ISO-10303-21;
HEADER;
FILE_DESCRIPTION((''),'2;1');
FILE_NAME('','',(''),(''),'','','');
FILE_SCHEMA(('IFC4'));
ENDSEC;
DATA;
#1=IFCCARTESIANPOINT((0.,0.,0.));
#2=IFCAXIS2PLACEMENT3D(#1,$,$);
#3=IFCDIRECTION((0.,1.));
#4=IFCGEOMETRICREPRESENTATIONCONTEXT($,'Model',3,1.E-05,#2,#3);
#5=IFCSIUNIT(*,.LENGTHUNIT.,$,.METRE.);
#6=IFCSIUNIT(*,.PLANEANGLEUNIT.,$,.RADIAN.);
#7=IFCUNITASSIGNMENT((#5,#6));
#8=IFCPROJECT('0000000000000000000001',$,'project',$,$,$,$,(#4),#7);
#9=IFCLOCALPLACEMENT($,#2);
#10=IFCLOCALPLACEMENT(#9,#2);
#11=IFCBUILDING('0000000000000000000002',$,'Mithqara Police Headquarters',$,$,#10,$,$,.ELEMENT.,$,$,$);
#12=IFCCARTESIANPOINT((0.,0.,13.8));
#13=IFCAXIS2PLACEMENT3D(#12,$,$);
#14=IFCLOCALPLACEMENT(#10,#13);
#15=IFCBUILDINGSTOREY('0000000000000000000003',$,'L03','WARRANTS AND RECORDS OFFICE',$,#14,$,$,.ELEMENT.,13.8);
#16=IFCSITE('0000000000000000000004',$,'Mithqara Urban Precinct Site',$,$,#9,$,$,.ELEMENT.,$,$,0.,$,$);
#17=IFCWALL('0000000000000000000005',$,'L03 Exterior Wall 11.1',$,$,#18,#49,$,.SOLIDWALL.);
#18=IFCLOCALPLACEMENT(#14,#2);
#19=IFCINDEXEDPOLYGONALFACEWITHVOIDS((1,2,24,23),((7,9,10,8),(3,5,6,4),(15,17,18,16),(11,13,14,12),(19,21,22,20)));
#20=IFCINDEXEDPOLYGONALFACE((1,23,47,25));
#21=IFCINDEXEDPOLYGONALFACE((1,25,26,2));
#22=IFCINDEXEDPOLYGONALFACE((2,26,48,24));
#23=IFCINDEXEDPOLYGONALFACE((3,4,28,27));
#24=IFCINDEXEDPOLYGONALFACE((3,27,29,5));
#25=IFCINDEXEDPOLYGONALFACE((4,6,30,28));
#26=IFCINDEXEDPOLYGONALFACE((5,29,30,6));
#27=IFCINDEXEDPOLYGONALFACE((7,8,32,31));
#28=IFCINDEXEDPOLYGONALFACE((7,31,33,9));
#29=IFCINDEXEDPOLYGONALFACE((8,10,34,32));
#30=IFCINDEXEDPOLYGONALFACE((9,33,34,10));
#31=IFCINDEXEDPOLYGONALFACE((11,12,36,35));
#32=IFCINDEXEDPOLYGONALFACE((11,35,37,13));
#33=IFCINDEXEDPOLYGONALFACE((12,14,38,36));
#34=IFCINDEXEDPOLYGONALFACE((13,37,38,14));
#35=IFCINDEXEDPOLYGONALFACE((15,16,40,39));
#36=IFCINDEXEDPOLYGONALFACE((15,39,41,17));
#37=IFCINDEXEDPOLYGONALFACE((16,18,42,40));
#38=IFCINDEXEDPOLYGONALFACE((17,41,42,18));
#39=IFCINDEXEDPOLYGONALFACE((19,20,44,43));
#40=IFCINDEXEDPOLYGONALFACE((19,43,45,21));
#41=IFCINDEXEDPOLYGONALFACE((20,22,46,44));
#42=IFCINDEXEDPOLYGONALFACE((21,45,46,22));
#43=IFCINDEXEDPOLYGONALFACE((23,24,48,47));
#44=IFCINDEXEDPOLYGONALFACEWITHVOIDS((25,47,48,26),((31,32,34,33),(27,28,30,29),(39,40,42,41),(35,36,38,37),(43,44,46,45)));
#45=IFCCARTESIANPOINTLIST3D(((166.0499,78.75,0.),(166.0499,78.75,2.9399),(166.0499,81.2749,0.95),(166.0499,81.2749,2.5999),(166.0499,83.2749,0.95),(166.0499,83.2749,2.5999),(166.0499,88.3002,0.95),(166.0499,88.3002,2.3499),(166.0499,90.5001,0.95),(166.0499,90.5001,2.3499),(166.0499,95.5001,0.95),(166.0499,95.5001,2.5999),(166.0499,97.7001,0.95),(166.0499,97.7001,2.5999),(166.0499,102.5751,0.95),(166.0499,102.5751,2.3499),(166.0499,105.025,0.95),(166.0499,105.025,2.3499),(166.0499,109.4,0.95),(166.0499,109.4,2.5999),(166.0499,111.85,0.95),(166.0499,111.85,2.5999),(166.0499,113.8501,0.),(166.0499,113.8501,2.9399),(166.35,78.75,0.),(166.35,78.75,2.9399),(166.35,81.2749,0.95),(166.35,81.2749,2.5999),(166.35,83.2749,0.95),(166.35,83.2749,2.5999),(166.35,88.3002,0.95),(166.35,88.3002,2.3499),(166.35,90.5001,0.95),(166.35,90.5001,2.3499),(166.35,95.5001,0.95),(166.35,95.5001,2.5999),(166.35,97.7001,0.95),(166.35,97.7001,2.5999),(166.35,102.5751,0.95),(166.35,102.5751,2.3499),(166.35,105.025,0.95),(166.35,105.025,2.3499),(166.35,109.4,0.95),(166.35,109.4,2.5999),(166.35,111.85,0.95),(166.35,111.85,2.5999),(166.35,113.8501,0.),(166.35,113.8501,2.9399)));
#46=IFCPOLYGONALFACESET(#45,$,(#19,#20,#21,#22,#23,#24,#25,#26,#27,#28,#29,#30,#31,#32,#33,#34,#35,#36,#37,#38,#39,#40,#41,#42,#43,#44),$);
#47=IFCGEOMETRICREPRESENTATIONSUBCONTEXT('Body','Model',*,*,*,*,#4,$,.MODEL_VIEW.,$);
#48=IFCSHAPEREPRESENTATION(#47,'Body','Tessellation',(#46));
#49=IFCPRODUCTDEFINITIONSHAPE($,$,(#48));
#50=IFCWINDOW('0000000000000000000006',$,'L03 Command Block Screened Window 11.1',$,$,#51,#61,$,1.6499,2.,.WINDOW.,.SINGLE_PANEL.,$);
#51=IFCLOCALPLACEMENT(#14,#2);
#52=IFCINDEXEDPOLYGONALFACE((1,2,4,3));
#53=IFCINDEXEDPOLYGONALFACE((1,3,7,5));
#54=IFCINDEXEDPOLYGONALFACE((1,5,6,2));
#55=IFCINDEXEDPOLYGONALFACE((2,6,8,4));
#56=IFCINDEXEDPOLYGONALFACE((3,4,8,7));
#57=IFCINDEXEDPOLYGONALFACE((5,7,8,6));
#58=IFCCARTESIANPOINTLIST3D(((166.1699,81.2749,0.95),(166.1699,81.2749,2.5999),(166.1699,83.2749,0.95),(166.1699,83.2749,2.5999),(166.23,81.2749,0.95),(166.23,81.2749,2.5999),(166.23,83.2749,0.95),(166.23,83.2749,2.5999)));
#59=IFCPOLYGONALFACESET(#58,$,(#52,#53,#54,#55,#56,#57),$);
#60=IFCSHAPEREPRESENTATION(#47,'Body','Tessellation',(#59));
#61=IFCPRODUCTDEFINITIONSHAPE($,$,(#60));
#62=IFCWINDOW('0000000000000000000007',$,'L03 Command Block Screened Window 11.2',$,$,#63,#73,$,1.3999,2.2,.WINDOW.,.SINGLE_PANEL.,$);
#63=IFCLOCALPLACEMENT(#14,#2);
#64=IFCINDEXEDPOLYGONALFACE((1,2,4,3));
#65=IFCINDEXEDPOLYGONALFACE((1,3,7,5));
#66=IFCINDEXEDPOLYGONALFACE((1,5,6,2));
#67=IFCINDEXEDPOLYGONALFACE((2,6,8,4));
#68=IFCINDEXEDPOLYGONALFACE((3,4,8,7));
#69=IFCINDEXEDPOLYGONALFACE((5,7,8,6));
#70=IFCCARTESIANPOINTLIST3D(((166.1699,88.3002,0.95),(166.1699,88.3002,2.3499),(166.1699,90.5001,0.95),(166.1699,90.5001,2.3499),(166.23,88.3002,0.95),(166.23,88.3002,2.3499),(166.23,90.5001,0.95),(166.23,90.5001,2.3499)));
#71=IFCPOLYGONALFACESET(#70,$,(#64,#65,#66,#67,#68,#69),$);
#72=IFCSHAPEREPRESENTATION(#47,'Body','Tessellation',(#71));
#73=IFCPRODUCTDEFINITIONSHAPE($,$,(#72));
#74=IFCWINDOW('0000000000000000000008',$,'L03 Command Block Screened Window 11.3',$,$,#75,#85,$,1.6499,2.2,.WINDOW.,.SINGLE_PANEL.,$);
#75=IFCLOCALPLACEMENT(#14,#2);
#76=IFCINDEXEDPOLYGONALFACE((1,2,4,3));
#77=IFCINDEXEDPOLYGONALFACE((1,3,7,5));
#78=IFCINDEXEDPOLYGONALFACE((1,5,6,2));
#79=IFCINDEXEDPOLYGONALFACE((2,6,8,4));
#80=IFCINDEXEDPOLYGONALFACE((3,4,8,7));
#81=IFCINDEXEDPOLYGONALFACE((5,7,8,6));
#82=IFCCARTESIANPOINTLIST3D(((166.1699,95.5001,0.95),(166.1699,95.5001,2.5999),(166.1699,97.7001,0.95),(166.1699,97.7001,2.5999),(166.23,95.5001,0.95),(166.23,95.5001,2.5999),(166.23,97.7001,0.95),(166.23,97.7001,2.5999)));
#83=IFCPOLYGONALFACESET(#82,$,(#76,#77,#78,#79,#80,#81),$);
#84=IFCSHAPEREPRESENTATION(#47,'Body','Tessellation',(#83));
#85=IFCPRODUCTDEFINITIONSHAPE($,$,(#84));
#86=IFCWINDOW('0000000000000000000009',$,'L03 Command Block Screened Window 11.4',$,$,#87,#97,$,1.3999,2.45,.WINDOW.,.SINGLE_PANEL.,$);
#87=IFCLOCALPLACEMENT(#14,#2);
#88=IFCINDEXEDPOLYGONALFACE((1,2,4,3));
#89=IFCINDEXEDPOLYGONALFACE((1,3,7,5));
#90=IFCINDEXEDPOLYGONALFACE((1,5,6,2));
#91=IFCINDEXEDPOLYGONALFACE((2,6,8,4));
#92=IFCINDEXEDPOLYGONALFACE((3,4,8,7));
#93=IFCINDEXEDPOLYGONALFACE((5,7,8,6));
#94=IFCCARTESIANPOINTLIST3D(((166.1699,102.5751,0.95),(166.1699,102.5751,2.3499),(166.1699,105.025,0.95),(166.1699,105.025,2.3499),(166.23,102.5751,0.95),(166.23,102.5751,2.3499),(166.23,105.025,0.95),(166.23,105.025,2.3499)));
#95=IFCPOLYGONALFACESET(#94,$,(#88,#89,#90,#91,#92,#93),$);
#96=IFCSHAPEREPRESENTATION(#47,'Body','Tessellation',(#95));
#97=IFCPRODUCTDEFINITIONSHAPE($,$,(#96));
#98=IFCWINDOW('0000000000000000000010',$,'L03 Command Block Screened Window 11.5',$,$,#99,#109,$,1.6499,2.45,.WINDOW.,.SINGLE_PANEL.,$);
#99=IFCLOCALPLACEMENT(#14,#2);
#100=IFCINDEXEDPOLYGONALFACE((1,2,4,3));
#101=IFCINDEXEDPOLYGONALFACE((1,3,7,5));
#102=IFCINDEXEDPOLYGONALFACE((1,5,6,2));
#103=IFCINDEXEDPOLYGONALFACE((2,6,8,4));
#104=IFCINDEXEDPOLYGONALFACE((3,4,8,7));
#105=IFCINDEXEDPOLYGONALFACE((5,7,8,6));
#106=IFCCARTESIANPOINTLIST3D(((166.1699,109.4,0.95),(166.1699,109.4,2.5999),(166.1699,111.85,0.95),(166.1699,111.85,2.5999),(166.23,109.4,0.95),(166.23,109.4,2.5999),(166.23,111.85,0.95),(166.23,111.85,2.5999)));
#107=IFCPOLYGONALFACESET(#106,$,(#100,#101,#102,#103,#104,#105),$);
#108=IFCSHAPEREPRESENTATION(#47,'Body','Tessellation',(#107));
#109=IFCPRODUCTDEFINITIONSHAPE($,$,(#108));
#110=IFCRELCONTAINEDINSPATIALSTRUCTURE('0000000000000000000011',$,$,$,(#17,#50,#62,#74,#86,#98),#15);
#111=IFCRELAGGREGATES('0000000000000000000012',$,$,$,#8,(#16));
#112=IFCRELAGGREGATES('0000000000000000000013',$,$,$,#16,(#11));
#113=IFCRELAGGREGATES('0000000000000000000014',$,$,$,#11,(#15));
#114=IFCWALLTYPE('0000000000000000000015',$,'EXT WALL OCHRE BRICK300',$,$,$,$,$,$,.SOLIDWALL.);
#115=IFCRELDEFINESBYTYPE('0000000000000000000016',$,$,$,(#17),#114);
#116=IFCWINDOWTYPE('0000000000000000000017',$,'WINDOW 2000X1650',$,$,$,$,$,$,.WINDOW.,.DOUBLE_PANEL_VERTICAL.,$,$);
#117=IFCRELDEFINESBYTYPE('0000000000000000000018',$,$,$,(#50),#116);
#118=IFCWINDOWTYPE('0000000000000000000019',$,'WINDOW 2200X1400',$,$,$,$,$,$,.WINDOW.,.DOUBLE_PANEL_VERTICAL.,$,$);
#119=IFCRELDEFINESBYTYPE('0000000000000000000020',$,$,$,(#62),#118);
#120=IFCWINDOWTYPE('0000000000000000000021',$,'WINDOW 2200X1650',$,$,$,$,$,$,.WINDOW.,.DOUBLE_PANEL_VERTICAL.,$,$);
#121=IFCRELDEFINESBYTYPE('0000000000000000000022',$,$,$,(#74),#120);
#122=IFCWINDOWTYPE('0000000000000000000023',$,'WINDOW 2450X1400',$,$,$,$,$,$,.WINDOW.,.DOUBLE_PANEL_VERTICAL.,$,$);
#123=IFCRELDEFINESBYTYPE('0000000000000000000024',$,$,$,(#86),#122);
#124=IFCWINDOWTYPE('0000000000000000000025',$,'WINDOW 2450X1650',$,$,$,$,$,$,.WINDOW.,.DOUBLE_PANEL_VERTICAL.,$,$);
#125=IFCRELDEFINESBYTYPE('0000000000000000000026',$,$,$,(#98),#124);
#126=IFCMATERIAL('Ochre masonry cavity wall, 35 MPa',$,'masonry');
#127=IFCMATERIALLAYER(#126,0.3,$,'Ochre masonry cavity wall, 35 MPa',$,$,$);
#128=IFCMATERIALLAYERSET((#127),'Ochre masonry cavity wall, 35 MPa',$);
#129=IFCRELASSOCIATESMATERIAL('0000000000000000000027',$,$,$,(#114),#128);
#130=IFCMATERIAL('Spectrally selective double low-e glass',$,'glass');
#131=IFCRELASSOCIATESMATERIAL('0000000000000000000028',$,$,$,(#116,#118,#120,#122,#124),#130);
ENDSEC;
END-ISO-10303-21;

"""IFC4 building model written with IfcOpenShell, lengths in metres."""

from ifc_helpers import new_model, si_unit, direction, frame, frame_2d, origin, place, context, subcontext, project, spatial, rectangle, extrude, material, layer, layer_set, type_object, element, fill, save


model = new_model("IFC4")

# Units and contexts
model_context = context("Model", 3, precision=1e-05, world=origin(), true_north=direction((0.0, 1.0)))
body_context = subcontext(model_context, "Body", "Model", "MODEL_VIEW")
ifc_project = project(units=[si_unit("LENGTHUNIT", "METRE"), si_unit("PLANEANGLEUNIT", "RADIAN")], contexts=[model_context])

# Site, building, storey
site_placement = place(None, origin())
site = spatial("IfcSite", under=ifc_project, at=site_placement, Name="Mithqara Urban Precinct Site", CompositionType="ELEMENT", RefElevation=0.0)
building_placement = place(site_placement, origin())
building = spatial("IfcBuilding", under=site, at=building_placement, Name="Mithqara Police Headquarters", CompositionType="ELEMENT")
storey_placement = place(building_placement, frame((0.0, 0.0, 13.8)))
storey = spatial("IfcBuildingStorey", under=building, at=storey_placement, Name="L03", Description="WARRANTS AND RECORDS OFFICE", CompositionType="ELEMENT", Elevation=13.8)

# Shared definitions
ifc_material_1 = material(Name="Spectrally selective double low-e glass", Category="glass")

# Wall, openings, windows
ifc_material_2 = material(Name="Ochre masonry cavity wall, 35 MPa", Category="masonry")
ifc_layer_1 = layer(ifc_material_2, 0.3, Name="Ochre masonry cavity wall, 35 MPa")
ifc_layer_set_1 = layer_set([ifc_layer_1], Name="Ochre masonry cavity wall, 35 MPa")
wall_type = type_object("IfcWallType", Name="EXT WALL OCHRE BRICK300", PredefinedType="SOLIDWALL", material=ifc_layer_set_1)
wall_placement = place(storey_placement, frame((166.2, 78.75, 0.0), z_axis=(0.0, 0.0, 1.0), x_axis=(0.0, 1.0, 0.0)))
wall = element("IfcWall", 1, at=wall_placement, inside=storey, type_object=wall_type, Name="L03 Exterior Wall 11.1", PredefinedType="SOLIDWALL", context=body_context, shape_type="SweptSolid", body=[
    extrude(rectangle(XDim=35.1001, YDim=0.3, at=frame_2d((17.55, 0.0))), origin(), (0.0, 0.0, 1.0), 2.9399),
])
opening_1_placement = place(wall_placement, frame((2.5249, 0.0, 0.95)))
opening_1 = element("IfcOpeningElement", 2, at=opening_1_placement, cuts=wall, PredefinedType="OPENING", context=body_context, shape_type="SweptSolid", body=[
    extrude(rectangle(XDim=2.0, YDim=1.6499, at=frame_2d((1.0, 0.825))), frame((0.0, 0.1602, 0.0), z_axis=(0.0, -1.0, 0.0), x_axis=(1.0, 0.0, 0.0)), (0.0, 0.0, 1.0), 0.3201),
])
opening_2_placement = place(wall_placement, frame((9.55, 0.0, 0.95)))
opening_2 = element("IfcOpeningElement", 3, at=opening_2_placement, cuts=wall, PredefinedType="OPENING", context=body_context, shape_type="SweptSolid", body=[
    extrude(rectangle(XDim=2.2, YDim=1.3999, at=frame_2d((1.1001, 0.7))), frame((0.0, 0.1602, 0.0), z_axis=(0.0, -1.0, 0.0), x_axis=(1.0, 0.0, 0.0)), (0.0, 0.0, 1.0), 0.3201),
])
opening_3_placement = place(wall_placement, frame((16.75, 0.0, 0.95)))
opening_3 = element("IfcOpeningElement", 4, at=opening_3_placement, cuts=wall, PredefinedType="OPENING", context=body_context, shape_type="SweptSolid", body=[
    extrude(rectangle(XDim=2.2, YDim=1.6499, at=frame_2d((1.1001, 0.825))), frame((0.0, 0.1602, 0.0), z_axis=(0.0, -1.0, 0.0), x_axis=(1.0, 0.0, 0.0)), (0.0, 0.0, 1.0), 0.3201),
])
opening_4_placement = place(wall_placement, frame((23.825, 0.0, 0.95)))
opening_4 = element("IfcOpeningElement", 5, at=opening_4_placement, cuts=wall, PredefinedType="OPENING", context=body_context, shape_type="SweptSolid", body=[
    extrude(rectangle(XDim=2.45, YDim=1.3999, at=frame_2d((1.2251, 0.7))), frame((0.0, 0.1602, 0.0), z_axis=(0.0, -1.0, 0.0), x_axis=(1.0, 0.0, 0.0)), (0.0, 0.0, 1.0), 0.3201),
])
opening_5_placement = place(wall_placement, frame((30.6499, 0.0, 0.95)))
opening_5 = element("IfcOpeningElement", 6, at=opening_5_placement, cuts=wall, PredefinedType="OPENING", context=body_context, shape_type="SweptSolid", body=[
    extrude(rectangle(XDim=2.45, YDim=1.6499, at=frame_2d((1.2251, 0.825))), frame((0.0, 0.1602, 0.0), z_axis=(0.0, -1.0, 0.0), x_axis=(1.0, 0.0, 0.0)), (0.0, 0.0, 1.0), 0.3201),
])
window_type_1 = type_object("IfcWindowType", Name="WINDOW 2000X1650", PartitioningType="DOUBLE_PANEL_VERTICAL", PredefinedType="WINDOW", material=ifc_material_1)
window_1_placement = place(opening_1_placement, origin())
window_1 = element("IfcWindow", 7, at=window_1_placement, inside=storey, type_object=window_type_1, Name="L03 Command Block Screened Window 11.1", OverallHeight=1.6499, OverallWidth=2.0, PartitioningType="SINGLE_PANEL", PredefinedType="WINDOW", context=body_context, shape_type="SweptSolid", body=[
    extrude(rectangle(XDim=2.0, YDim=1.6499, at=frame_2d((1.0, 0.825))), frame((0.0, 0.03, 0.0), z_axis=(0.0, -1.0, 0.0), x_axis=(1.0, 0.0, 0.0)), (0.0, 0.0, 1.0), 0.0601),
])
fill(opening_1, window_1)
window_type_2 = type_object("IfcWindowType", Name="WINDOW 2200X1400", PartitioningType="DOUBLE_PANEL_VERTICAL", PredefinedType="WINDOW", material=ifc_material_1)
window_2_placement = place(opening_2_placement, origin())
window_2 = element("IfcWindow", 8, at=window_2_placement, inside=storey, type_object=window_type_2, Name="L03 Command Block Screened Window 11.2", OverallHeight=1.3999, OverallWidth=2.2, PartitioningType="SINGLE_PANEL", PredefinedType="WINDOW", context=body_context, shape_type="SweptSolid", body=[
    extrude(rectangle(XDim=2.2, YDim=1.3999, at=frame_2d((1.1001, 0.7))), frame((0.0, 0.03, 0.0), z_axis=(0.0, -1.0, 0.0), x_axis=(1.0, 0.0, 0.0)), (0.0, 0.0, 1.0), 0.0601),
])
fill(opening_2, window_2)
window_type_3 = type_object("IfcWindowType", Name="WINDOW 2200X1650", PartitioningType="DOUBLE_PANEL_VERTICAL", PredefinedType="WINDOW", material=ifc_material_1)
window_3_placement = place(opening_3_placement, origin())
window_3 = element("IfcWindow", 9, at=window_3_placement, inside=storey, type_object=window_type_3, Name="L03 Command Block Screened Window 11.3", OverallHeight=1.6499, OverallWidth=2.2, PartitioningType="SINGLE_PANEL", PredefinedType="WINDOW", context=body_context, shape_type="SweptSolid", body=[
    extrude(rectangle(XDim=2.2, YDim=1.6499, at=frame_2d((1.1001, 0.825))), frame((0.0, 0.03, 0.0), z_axis=(0.0, -1.0, 0.0), x_axis=(1.0, 0.0, 0.0)), (0.0, 0.0, 1.0), 0.0601),
])
fill(opening_3, window_3)
window_type_4 = type_object("IfcWindowType", Name="WINDOW 2450X1400", PartitioningType="DOUBLE_PANEL_VERTICAL", PredefinedType="WINDOW", material=ifc_material_1)
window_4_placement = place(opening_4_placement, origin())
window_4 = element("IfcWindow", 10, at=window_4_placement, inside=storey, type_object=window_type_4, Name="L03 Command Block Screened Window 11.4", OverallHeight=1.3999, OverallWidth=2.45, PartitioningType="SINGLE_PANEL", PredefinedType="WINDOW", context=body_context, shape_type="SweptSolid", body=[
    extrude(rectangle(XDim=2.45, YDim=1.3999, at=frame_2d((1.2251, 0.7))), frame((0.0, 0.03, 0.0), z_axis=(0.0, -1.0, 0.0), x_axis=(1.0, 0.0, 0.0)), (0.0, 0.0, 1.0), 0.0601),
])
fill(opening_4, window_4)
window_type_5 = type_object("IfcWindowType", Name="WINDOW 2450X1650", PartitioningType="DOUBLE_PANEL_VERTICAL", PredefinedType="WINDOW", material=ifc_material_1)
window_5_placement = place(opening_5_placement, origin())
window_5 = element("IfcWindow", 11, at=window_5_placement, inside=storey, type_object=window_type_5, Name="L03 Command Block Screened Window 11.5", OverallHeight=1.6499, OverallWidth=2.45, PartitioningType="SINGLE_PANEL", PredefinedType="WINDOW", context=body_context, shape_type="SweptSolid", body=[
    extrude(rectangle(XDim=2.45, YDim=1.6499, at=frame_2d((1.2251, 0.825))), frame((0.0, 0.03, 0.0), z_axis=(0.0, -1.0, 0.0), x_axis=(1.0, 0.0, 0.0)), (0.0, 0.0, 1.0), 0.0601),
])
fill(opening_5, window_5)

save(model, "model.ifc")
